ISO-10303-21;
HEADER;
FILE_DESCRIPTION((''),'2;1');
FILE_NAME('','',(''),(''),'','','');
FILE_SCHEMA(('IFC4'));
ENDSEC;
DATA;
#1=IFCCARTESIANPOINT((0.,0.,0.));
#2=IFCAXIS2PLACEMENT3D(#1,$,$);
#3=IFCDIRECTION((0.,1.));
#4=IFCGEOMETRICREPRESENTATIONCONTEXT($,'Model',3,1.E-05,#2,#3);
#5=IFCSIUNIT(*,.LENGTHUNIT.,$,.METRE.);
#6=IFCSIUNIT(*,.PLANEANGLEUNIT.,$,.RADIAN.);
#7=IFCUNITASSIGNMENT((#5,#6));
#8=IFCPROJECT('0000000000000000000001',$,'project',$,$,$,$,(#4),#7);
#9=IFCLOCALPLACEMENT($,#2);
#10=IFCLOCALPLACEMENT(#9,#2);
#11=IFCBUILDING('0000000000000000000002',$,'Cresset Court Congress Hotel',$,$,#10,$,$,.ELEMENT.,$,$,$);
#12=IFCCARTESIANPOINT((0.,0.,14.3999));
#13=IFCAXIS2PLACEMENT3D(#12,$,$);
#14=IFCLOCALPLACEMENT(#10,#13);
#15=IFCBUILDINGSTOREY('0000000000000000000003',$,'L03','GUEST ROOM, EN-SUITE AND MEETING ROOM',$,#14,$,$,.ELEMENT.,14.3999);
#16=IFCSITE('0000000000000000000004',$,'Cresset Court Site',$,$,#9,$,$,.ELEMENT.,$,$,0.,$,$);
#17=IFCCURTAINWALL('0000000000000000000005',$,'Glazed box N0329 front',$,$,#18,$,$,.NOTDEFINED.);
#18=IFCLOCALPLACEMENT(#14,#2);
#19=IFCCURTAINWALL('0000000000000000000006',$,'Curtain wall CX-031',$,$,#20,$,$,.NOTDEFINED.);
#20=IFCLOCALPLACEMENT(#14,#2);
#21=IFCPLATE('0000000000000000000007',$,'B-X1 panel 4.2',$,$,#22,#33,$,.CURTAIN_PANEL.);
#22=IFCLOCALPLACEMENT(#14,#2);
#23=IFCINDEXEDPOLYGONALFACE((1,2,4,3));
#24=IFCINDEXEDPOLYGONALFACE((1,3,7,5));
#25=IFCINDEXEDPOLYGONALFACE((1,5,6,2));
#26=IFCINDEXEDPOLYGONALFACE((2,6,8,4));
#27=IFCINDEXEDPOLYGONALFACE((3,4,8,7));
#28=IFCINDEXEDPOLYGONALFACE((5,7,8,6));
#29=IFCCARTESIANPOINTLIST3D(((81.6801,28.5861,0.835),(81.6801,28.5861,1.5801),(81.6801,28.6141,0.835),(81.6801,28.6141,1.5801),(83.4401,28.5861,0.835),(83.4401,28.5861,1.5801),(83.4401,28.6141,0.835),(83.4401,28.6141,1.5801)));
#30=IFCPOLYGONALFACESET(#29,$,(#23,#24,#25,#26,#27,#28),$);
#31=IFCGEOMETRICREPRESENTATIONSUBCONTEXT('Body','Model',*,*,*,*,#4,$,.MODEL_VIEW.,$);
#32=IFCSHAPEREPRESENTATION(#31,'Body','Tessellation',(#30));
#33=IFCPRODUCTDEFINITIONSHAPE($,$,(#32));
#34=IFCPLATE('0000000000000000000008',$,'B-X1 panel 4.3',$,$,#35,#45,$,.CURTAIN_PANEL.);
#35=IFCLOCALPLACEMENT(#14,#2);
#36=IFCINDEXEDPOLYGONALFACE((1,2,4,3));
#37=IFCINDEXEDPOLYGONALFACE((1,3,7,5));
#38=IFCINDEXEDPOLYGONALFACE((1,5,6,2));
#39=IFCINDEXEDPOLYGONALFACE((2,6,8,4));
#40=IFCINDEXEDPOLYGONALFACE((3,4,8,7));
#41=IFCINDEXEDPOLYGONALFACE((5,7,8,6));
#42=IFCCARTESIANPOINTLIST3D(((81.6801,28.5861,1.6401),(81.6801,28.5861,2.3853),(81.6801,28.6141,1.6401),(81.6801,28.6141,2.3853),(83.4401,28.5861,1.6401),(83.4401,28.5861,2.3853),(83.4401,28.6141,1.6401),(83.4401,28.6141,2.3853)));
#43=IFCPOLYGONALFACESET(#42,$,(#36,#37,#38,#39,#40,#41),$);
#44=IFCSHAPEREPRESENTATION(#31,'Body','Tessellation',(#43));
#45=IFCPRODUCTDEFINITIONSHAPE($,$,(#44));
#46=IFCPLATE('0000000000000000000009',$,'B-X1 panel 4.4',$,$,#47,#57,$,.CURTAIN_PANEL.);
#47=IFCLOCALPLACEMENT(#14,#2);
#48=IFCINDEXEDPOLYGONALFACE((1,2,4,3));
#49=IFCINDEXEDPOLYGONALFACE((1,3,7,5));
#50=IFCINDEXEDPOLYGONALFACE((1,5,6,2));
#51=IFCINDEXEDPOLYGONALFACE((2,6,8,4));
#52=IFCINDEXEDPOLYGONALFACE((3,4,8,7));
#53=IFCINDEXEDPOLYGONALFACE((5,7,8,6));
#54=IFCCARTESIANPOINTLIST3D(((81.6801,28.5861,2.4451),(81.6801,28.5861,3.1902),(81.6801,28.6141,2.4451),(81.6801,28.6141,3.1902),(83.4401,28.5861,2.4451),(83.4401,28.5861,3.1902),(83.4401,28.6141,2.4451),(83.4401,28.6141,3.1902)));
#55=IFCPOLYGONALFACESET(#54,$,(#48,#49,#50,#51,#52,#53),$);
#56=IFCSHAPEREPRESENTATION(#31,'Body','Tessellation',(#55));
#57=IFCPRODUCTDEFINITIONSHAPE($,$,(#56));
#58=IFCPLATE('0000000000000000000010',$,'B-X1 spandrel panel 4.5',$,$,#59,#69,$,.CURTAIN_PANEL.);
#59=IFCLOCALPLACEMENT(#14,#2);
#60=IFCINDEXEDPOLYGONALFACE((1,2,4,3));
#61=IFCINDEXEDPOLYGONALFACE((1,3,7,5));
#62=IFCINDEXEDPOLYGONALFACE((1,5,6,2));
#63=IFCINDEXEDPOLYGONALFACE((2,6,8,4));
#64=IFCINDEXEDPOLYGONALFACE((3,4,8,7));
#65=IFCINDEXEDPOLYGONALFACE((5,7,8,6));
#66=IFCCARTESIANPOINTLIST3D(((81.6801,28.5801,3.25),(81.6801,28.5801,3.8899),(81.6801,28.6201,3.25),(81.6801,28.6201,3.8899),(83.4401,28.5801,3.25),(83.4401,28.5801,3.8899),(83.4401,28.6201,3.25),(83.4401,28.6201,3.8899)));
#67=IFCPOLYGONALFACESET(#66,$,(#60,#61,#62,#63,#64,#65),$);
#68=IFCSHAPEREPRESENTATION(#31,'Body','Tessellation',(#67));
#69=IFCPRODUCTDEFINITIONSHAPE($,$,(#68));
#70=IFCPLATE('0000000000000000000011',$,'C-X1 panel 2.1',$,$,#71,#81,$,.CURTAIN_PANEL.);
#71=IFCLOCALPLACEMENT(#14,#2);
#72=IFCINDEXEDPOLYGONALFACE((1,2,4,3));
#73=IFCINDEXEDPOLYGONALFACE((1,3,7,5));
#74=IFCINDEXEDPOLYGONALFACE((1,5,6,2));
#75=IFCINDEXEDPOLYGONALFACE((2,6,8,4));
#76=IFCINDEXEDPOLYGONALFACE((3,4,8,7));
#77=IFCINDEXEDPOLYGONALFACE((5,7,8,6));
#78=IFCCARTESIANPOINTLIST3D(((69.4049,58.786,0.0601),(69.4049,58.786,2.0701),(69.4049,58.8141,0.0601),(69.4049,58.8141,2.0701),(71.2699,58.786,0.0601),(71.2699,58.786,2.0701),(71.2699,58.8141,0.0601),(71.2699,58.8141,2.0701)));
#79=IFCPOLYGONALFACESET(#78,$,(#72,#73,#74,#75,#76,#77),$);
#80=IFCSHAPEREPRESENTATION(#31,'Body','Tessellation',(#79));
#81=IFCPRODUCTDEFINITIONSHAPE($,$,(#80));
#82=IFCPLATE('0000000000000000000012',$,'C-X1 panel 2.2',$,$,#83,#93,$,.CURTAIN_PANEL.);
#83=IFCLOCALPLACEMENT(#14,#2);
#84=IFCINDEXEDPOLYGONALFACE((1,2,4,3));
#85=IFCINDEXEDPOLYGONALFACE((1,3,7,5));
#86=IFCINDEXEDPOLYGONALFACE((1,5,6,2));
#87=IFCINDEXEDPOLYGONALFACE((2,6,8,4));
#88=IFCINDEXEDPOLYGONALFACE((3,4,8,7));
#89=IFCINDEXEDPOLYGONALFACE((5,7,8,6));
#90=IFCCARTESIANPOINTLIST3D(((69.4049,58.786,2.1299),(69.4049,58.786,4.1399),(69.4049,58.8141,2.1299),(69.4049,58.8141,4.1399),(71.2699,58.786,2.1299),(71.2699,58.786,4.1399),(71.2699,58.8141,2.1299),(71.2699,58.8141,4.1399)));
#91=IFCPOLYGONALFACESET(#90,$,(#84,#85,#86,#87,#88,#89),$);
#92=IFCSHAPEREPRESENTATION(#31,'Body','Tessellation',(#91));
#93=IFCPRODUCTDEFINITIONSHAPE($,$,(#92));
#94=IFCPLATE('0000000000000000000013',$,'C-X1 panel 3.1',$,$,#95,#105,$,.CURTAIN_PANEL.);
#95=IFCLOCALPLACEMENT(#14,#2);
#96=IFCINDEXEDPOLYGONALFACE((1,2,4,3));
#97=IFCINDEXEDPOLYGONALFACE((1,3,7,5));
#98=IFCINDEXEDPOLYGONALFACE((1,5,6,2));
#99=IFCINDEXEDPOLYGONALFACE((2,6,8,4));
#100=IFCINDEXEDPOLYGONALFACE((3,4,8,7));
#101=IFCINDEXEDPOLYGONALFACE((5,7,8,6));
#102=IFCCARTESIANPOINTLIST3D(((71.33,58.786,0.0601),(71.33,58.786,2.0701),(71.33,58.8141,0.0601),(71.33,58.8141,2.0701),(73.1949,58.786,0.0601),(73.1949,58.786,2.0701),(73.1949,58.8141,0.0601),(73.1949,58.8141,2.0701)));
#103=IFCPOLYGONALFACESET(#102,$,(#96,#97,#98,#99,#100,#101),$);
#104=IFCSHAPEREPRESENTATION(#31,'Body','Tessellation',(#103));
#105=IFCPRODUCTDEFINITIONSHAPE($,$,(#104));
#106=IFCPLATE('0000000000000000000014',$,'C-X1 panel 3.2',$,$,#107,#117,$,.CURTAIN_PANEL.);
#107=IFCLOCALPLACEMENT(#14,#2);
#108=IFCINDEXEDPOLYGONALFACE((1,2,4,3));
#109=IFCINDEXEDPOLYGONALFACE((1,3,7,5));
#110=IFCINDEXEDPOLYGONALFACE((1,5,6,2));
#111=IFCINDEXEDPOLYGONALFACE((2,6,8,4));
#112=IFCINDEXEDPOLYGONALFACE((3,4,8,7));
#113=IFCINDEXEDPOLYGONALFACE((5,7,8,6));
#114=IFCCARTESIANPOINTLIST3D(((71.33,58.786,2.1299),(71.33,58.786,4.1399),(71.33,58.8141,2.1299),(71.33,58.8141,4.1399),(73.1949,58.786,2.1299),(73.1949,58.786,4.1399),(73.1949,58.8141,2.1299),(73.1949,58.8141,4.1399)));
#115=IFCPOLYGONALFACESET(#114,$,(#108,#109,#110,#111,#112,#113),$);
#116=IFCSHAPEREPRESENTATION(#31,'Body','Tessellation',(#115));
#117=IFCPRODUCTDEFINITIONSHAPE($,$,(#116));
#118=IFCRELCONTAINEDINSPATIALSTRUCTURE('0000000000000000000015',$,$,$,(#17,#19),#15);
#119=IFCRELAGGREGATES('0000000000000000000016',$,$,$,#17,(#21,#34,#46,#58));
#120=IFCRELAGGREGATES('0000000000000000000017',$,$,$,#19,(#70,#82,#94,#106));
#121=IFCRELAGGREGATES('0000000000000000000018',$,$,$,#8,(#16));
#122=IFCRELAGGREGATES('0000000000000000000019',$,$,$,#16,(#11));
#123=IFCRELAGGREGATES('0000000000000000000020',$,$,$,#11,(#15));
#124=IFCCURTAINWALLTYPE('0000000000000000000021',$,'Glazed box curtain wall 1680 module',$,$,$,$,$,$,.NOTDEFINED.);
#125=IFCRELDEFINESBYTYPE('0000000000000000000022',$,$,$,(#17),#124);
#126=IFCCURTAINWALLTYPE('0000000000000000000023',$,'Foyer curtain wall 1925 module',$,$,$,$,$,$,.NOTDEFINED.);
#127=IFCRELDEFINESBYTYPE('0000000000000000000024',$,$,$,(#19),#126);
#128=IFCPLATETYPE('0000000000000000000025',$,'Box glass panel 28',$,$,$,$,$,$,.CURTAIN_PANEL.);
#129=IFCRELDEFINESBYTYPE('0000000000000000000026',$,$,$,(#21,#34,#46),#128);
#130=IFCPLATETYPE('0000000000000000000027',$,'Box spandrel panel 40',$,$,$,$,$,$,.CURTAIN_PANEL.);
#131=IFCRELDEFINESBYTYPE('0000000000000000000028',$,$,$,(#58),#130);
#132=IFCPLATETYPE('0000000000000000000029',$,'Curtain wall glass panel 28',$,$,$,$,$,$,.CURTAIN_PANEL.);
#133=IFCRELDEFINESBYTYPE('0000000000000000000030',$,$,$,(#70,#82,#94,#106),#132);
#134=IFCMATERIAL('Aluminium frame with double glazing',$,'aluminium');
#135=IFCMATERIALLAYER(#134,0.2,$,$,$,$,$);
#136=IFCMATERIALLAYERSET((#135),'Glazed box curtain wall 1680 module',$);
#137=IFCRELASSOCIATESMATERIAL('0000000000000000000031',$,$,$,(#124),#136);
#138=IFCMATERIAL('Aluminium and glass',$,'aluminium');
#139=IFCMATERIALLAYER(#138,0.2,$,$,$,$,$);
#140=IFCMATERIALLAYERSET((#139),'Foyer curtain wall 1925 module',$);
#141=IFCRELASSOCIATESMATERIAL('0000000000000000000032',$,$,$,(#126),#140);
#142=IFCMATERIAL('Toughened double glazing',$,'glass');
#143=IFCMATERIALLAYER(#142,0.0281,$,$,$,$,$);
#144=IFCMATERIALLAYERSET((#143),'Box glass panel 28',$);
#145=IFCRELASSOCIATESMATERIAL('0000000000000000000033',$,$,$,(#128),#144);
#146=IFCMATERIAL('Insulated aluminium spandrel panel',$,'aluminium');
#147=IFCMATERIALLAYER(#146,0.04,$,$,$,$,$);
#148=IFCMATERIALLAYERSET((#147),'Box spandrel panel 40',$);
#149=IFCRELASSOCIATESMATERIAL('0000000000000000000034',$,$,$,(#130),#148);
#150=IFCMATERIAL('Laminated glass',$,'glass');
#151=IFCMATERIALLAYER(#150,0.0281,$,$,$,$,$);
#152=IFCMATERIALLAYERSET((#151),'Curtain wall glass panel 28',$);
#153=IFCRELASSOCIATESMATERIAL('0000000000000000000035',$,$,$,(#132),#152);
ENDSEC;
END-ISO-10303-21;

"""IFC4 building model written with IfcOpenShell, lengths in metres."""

from ifc_helpers import new_model, si_unit, direction, frame, origin, origin_2d, place, context, subcontext, project, spatial, rectangle, extrude, material, layer, layer_set, type_object, element, aggregate, save


model = new_model("IFC4")

# Units and contexts
model_context = context("Model", 3, precision=1e-05, world=origin(), true_north=direction((0.0, 1.0)))
body_context = subcontext(model_context, "Body", "Model", "MODEL_VIEW")
ifc_project = project(units=[si_unit("LENGTHUNIT", "METRE"), si_unit("PLANEANGLEUNIT", "RADIAN")], contexts=[model_context])

# Site, building, storey
site_placement = place(None, origin())
site = spatial("IfcSite", under=ifc_project, at=site_placement, Name="Cresset Court Site", CompositionType="ELEMENT", RefElevation=0.0)
building_placement = place(site_placement, origin())
building = spatial("IfcBuilding", under=site, at=building_placement, Name="Cresset Court Congress Hotel", CompositionType="ELEMENT")
storey_placement = place(building_placement, frame((0.0, 0.0, 14.3999)))
storey = spatial("IfcBuildingStorey", under=building, at=storey_placement, Name="L03", Description="GUEST ROOM, EN-SUITE AND MEETING ROOM", CompositionType="ELEMENT", Elevation=14.3999)

# Curtain walls
ifc_material_1 = material(Name="Aluminium frame with double glazing", Category="aluminium")
ifc_layer_1 = layer(ifc_material_1, 0.2)
ifc_layer_set_1 = layer_set([ifc_layer_1], Name="Glazed box curtain wall 1680 module")
curtain_wall_type_1 = type_object("IfcCurtainWallType", Name="Glazed box curtain wall 1680 module", PredefinedType="NOTDEFINED", material=ifc_layer_set_1)
curtain_wall_1_placement = place(storey_placement, origin())
curtain_wall_1 = element("IfcCurtainWall", 1, at=curtain_wall_1_placement, inside=storey, type_object=curtain_wall_type_1, Name="Glazed box N0329 front", PredefinedType="NOTDEFINED")
ifc_material_2 = material(Name="Aluminium and glass", Category="aluminium")
ifc_layer_2 = layer(ifc_material_2, 0.2)
ifc_layer_set_2 = layer_set([ifc_layer_2], Name="Foyer curtain wall 1925 module")
curtain_wall_type_2 = type_object("IfcCurtainWallType", Name="Foyer curtain wall 1925 module", PredefinedType="NOTDEFINED", material=ifc_layer_set_2)
curtain_wall_2_placement = place(storey_placement, origin())
curtain_wall_2 = element("IfcCurtainWall", 2, at=curtain_wall_2_placement, inside=storey, type_object=curtain_wall_type_2, Name="Curtain wall CX-031", PredefinedType="NOTDEFINED")

# Plates
ifc_material_3 = material(Name="Toughened double glazing", Category="glass")
ifc_layer_3 = layer(ifc_material_3, 0.0281)
ifc_layer_set_3 = layer_set([ifc_layer_3], Name="Box glass panel 28")
plate_type_1 = type_object("IfcPlateType", Name="Box glass panel 28", PredefinedType="CURTAIN_PANEL", material=ifc_layer_set_3)
plate_1_placement = place(storey_placement, frame((82.5601, 28.6001, 0.835), z_axis=(0.0, 0.0, 1.0), x_axis=(1.0, 0.0, 0.0)))
plate_1 = element("IfcPlate", 3, at=plate_1_placement, type_object=plate_type_1, Name="B-X1 panel 4.2", PredefinedType="CURTAIN_PANEL", context=body_context, shape_type="SweptSolid", body=[
    extrude(rectangle(XDim=1.76, YDim=0.0281, at=origin_2d()), origin(), (0.0, 0.0, 1.0), 0.7451),
])
plate_2_placement = place(storey_placement, frame((82.5601, 28.6001, 1.6401), z_axis=(0.0, 0.0, 1.0), x_axis=(1.0, 0.0, 0.0)))
plate_2 = element("IfcPlate", 4, at=plate_2_placement, type_object=plate_type_1, Name="B-X1 panel 4.3", PredefinedType="CURTAIN_PANEL", context=body_context, shape_type="SweptSolid", body=[
    extrude(rectangle(XDim=1.76, YDim=0.0281, at=origin_2d()), origin(), (0.0, 0.0, 1.0), 0.7451),
])
plate_3_placement = place(storey_placement, frame((82.5601, 28.6001, 2.4451), z_axis=(0.0, 0.0, 1.0), x_axis=(1.0, 0.0, 0.0)))
plate_3 = element("IfcPlate", 5, at=plate_3_placement, type_object=plate_type_1, Name="B-X1 panel 4.4", PredefinedType="CURTAIN_PANEL", context=body_context, shape_type="SweptSolid", body=[
    extrude(rectangle(XDim=1.76, YDim=0.0281, at=origin_2d()), origin(), (0.0, 0.0, 1.0), 0.7451),
])
ifc_material_4 = material(Name="Insulated aluminium spandrel panel", Category="aluminium")
ifc_layer_4 = layer(ifc_material_4, 0.04)
ifc_layer_set_4 = layer_set([ifc_layer_4], Name="Box spandrel panel 40")
plate_type_2 = type_object("IfcPlateType", Name="Box spandrel panel 40", PredefinedType="CURTAIN_PANEL", material=ifc_layer_set_4)
plate_4_placement = place(storey_placement, frame((82.5601, 28.6001, 3.25), z_axis=(0.0, 0.0, 1.0), x_axis=(1.0, 0.0, 0.0)))
plate_4 = element("IfcPlate", 6, at=plate_4_placement, type_object=plate_type_2, Name="B-X1 spandrel panel 4.5", PredefinedType="CURTAIN_PANEL", context=body_context, shape_type="SweptSolid", body=[
    extrude(rectangle(XDim=1.76, YDim=0.04, at=origin_2d()), origin(), (0.0, 0.0, 1.0), 0.6399),
])
aggregate(curtain_wall_1, [plate_1, plate_2, plate_3, plate_4])
ifc_material_5 = material(Name="Laminated glass", Category="glass")
ifc_layer_5 = layer(ifc_material_5, 0.0281)
ifc_layer_set_5 = layer_set([ifc_layer_5], Name="Curtain wall glass panel 28")
plate_type_3 = type_object("IfcPlateType", Name="Curtain wall glass panel 28", PredefinedType="CURTAIN_PANEL", material=ifc_layer_set_5)
plate_5_placement = place(storey_placement, frame((70.3374, 58.8, 0.0601), z_axis=(0.0, 0.0, 1.0), x_axis=(1.0, 0.0, 0.0)))
plate_5 = element("IfcPlate", 7, at=plate_5_placement, type_object=plate_type_3, Name="C-X1 panel 2.1", PredefinedType="CURTAIN_PANEL", context=body_context, shape_type="SweptSolid", body=[
    extrude(rectangle(XDim=1.865, YDim=0.0281, at=origin_2d()), origin(), (0.0, 0.0, 1.0), 2.01),
])
plate_6_placement = place(storey_placement, frame((70.3374, 58.8, 2.1299), z_axis=(0.0, 0.0, 1.0), x_axis=(1.0, 0.0, 0.0)))
plate_6 = element("IfcPlate", 8, at=plate_6_placement, type_object=plate_type_3, Name="C-X1 panel 2.2", PredefinedType="CURTAIN_PANEL", context=body_context, shape_type="SweptSolid", body=[
    extrude(rectangle(XDim=1.865, YDim=0.0281, at=origin_2d()), origin(), (0.0, 0.0, 1.0), 2.01),
])
plate_7_placement = place(storey_placement, frame((72.2625, 58.8, 0.0601), z_axis=(0.0, 0.0, 1.0), x_axis=(1.0, 0.0, 0.0)))
plate_7 = element("IfcPlate", 9, at=plate_7_placement, type_object=plate_type_3, Name="C-X1 panel 3.1", PredefinedType="CURTAIN_PANEL", context=body_context, shape_type="SweptSolid", body=[
    extrude(rectangle(XDim=1.865, YDim=0.0281, at=origin_2d()), origin(), (0.0, 0.0, 1.0), 2.01),
])
plate_8_placement = place(storey_placement, frame((72.2625, 58.8, 2.1299), z_axis=(0.0, 0.0, 1.0), x_axis=(1.0, 0.0, 0.0)))
plate_8 = element("IfcPlate", 10, at=plate_8_placement, type_object=plate_type_3, Name="C-X1 panel 3.2", PredefinedType="CURTAIN_PANEL", context=body_context, shape_type="SweptSolid", body=[
    extrude(rectangle(XDim=1.865, YDim=0.0281, at=origin_2d()), origin(), (0.0, 0.0, 1.0), 2.01),
])
aggregate(curtain_wall_2, [plate_5, plate_6, plate_7, plate_8])

save(model, "model.ifc")
